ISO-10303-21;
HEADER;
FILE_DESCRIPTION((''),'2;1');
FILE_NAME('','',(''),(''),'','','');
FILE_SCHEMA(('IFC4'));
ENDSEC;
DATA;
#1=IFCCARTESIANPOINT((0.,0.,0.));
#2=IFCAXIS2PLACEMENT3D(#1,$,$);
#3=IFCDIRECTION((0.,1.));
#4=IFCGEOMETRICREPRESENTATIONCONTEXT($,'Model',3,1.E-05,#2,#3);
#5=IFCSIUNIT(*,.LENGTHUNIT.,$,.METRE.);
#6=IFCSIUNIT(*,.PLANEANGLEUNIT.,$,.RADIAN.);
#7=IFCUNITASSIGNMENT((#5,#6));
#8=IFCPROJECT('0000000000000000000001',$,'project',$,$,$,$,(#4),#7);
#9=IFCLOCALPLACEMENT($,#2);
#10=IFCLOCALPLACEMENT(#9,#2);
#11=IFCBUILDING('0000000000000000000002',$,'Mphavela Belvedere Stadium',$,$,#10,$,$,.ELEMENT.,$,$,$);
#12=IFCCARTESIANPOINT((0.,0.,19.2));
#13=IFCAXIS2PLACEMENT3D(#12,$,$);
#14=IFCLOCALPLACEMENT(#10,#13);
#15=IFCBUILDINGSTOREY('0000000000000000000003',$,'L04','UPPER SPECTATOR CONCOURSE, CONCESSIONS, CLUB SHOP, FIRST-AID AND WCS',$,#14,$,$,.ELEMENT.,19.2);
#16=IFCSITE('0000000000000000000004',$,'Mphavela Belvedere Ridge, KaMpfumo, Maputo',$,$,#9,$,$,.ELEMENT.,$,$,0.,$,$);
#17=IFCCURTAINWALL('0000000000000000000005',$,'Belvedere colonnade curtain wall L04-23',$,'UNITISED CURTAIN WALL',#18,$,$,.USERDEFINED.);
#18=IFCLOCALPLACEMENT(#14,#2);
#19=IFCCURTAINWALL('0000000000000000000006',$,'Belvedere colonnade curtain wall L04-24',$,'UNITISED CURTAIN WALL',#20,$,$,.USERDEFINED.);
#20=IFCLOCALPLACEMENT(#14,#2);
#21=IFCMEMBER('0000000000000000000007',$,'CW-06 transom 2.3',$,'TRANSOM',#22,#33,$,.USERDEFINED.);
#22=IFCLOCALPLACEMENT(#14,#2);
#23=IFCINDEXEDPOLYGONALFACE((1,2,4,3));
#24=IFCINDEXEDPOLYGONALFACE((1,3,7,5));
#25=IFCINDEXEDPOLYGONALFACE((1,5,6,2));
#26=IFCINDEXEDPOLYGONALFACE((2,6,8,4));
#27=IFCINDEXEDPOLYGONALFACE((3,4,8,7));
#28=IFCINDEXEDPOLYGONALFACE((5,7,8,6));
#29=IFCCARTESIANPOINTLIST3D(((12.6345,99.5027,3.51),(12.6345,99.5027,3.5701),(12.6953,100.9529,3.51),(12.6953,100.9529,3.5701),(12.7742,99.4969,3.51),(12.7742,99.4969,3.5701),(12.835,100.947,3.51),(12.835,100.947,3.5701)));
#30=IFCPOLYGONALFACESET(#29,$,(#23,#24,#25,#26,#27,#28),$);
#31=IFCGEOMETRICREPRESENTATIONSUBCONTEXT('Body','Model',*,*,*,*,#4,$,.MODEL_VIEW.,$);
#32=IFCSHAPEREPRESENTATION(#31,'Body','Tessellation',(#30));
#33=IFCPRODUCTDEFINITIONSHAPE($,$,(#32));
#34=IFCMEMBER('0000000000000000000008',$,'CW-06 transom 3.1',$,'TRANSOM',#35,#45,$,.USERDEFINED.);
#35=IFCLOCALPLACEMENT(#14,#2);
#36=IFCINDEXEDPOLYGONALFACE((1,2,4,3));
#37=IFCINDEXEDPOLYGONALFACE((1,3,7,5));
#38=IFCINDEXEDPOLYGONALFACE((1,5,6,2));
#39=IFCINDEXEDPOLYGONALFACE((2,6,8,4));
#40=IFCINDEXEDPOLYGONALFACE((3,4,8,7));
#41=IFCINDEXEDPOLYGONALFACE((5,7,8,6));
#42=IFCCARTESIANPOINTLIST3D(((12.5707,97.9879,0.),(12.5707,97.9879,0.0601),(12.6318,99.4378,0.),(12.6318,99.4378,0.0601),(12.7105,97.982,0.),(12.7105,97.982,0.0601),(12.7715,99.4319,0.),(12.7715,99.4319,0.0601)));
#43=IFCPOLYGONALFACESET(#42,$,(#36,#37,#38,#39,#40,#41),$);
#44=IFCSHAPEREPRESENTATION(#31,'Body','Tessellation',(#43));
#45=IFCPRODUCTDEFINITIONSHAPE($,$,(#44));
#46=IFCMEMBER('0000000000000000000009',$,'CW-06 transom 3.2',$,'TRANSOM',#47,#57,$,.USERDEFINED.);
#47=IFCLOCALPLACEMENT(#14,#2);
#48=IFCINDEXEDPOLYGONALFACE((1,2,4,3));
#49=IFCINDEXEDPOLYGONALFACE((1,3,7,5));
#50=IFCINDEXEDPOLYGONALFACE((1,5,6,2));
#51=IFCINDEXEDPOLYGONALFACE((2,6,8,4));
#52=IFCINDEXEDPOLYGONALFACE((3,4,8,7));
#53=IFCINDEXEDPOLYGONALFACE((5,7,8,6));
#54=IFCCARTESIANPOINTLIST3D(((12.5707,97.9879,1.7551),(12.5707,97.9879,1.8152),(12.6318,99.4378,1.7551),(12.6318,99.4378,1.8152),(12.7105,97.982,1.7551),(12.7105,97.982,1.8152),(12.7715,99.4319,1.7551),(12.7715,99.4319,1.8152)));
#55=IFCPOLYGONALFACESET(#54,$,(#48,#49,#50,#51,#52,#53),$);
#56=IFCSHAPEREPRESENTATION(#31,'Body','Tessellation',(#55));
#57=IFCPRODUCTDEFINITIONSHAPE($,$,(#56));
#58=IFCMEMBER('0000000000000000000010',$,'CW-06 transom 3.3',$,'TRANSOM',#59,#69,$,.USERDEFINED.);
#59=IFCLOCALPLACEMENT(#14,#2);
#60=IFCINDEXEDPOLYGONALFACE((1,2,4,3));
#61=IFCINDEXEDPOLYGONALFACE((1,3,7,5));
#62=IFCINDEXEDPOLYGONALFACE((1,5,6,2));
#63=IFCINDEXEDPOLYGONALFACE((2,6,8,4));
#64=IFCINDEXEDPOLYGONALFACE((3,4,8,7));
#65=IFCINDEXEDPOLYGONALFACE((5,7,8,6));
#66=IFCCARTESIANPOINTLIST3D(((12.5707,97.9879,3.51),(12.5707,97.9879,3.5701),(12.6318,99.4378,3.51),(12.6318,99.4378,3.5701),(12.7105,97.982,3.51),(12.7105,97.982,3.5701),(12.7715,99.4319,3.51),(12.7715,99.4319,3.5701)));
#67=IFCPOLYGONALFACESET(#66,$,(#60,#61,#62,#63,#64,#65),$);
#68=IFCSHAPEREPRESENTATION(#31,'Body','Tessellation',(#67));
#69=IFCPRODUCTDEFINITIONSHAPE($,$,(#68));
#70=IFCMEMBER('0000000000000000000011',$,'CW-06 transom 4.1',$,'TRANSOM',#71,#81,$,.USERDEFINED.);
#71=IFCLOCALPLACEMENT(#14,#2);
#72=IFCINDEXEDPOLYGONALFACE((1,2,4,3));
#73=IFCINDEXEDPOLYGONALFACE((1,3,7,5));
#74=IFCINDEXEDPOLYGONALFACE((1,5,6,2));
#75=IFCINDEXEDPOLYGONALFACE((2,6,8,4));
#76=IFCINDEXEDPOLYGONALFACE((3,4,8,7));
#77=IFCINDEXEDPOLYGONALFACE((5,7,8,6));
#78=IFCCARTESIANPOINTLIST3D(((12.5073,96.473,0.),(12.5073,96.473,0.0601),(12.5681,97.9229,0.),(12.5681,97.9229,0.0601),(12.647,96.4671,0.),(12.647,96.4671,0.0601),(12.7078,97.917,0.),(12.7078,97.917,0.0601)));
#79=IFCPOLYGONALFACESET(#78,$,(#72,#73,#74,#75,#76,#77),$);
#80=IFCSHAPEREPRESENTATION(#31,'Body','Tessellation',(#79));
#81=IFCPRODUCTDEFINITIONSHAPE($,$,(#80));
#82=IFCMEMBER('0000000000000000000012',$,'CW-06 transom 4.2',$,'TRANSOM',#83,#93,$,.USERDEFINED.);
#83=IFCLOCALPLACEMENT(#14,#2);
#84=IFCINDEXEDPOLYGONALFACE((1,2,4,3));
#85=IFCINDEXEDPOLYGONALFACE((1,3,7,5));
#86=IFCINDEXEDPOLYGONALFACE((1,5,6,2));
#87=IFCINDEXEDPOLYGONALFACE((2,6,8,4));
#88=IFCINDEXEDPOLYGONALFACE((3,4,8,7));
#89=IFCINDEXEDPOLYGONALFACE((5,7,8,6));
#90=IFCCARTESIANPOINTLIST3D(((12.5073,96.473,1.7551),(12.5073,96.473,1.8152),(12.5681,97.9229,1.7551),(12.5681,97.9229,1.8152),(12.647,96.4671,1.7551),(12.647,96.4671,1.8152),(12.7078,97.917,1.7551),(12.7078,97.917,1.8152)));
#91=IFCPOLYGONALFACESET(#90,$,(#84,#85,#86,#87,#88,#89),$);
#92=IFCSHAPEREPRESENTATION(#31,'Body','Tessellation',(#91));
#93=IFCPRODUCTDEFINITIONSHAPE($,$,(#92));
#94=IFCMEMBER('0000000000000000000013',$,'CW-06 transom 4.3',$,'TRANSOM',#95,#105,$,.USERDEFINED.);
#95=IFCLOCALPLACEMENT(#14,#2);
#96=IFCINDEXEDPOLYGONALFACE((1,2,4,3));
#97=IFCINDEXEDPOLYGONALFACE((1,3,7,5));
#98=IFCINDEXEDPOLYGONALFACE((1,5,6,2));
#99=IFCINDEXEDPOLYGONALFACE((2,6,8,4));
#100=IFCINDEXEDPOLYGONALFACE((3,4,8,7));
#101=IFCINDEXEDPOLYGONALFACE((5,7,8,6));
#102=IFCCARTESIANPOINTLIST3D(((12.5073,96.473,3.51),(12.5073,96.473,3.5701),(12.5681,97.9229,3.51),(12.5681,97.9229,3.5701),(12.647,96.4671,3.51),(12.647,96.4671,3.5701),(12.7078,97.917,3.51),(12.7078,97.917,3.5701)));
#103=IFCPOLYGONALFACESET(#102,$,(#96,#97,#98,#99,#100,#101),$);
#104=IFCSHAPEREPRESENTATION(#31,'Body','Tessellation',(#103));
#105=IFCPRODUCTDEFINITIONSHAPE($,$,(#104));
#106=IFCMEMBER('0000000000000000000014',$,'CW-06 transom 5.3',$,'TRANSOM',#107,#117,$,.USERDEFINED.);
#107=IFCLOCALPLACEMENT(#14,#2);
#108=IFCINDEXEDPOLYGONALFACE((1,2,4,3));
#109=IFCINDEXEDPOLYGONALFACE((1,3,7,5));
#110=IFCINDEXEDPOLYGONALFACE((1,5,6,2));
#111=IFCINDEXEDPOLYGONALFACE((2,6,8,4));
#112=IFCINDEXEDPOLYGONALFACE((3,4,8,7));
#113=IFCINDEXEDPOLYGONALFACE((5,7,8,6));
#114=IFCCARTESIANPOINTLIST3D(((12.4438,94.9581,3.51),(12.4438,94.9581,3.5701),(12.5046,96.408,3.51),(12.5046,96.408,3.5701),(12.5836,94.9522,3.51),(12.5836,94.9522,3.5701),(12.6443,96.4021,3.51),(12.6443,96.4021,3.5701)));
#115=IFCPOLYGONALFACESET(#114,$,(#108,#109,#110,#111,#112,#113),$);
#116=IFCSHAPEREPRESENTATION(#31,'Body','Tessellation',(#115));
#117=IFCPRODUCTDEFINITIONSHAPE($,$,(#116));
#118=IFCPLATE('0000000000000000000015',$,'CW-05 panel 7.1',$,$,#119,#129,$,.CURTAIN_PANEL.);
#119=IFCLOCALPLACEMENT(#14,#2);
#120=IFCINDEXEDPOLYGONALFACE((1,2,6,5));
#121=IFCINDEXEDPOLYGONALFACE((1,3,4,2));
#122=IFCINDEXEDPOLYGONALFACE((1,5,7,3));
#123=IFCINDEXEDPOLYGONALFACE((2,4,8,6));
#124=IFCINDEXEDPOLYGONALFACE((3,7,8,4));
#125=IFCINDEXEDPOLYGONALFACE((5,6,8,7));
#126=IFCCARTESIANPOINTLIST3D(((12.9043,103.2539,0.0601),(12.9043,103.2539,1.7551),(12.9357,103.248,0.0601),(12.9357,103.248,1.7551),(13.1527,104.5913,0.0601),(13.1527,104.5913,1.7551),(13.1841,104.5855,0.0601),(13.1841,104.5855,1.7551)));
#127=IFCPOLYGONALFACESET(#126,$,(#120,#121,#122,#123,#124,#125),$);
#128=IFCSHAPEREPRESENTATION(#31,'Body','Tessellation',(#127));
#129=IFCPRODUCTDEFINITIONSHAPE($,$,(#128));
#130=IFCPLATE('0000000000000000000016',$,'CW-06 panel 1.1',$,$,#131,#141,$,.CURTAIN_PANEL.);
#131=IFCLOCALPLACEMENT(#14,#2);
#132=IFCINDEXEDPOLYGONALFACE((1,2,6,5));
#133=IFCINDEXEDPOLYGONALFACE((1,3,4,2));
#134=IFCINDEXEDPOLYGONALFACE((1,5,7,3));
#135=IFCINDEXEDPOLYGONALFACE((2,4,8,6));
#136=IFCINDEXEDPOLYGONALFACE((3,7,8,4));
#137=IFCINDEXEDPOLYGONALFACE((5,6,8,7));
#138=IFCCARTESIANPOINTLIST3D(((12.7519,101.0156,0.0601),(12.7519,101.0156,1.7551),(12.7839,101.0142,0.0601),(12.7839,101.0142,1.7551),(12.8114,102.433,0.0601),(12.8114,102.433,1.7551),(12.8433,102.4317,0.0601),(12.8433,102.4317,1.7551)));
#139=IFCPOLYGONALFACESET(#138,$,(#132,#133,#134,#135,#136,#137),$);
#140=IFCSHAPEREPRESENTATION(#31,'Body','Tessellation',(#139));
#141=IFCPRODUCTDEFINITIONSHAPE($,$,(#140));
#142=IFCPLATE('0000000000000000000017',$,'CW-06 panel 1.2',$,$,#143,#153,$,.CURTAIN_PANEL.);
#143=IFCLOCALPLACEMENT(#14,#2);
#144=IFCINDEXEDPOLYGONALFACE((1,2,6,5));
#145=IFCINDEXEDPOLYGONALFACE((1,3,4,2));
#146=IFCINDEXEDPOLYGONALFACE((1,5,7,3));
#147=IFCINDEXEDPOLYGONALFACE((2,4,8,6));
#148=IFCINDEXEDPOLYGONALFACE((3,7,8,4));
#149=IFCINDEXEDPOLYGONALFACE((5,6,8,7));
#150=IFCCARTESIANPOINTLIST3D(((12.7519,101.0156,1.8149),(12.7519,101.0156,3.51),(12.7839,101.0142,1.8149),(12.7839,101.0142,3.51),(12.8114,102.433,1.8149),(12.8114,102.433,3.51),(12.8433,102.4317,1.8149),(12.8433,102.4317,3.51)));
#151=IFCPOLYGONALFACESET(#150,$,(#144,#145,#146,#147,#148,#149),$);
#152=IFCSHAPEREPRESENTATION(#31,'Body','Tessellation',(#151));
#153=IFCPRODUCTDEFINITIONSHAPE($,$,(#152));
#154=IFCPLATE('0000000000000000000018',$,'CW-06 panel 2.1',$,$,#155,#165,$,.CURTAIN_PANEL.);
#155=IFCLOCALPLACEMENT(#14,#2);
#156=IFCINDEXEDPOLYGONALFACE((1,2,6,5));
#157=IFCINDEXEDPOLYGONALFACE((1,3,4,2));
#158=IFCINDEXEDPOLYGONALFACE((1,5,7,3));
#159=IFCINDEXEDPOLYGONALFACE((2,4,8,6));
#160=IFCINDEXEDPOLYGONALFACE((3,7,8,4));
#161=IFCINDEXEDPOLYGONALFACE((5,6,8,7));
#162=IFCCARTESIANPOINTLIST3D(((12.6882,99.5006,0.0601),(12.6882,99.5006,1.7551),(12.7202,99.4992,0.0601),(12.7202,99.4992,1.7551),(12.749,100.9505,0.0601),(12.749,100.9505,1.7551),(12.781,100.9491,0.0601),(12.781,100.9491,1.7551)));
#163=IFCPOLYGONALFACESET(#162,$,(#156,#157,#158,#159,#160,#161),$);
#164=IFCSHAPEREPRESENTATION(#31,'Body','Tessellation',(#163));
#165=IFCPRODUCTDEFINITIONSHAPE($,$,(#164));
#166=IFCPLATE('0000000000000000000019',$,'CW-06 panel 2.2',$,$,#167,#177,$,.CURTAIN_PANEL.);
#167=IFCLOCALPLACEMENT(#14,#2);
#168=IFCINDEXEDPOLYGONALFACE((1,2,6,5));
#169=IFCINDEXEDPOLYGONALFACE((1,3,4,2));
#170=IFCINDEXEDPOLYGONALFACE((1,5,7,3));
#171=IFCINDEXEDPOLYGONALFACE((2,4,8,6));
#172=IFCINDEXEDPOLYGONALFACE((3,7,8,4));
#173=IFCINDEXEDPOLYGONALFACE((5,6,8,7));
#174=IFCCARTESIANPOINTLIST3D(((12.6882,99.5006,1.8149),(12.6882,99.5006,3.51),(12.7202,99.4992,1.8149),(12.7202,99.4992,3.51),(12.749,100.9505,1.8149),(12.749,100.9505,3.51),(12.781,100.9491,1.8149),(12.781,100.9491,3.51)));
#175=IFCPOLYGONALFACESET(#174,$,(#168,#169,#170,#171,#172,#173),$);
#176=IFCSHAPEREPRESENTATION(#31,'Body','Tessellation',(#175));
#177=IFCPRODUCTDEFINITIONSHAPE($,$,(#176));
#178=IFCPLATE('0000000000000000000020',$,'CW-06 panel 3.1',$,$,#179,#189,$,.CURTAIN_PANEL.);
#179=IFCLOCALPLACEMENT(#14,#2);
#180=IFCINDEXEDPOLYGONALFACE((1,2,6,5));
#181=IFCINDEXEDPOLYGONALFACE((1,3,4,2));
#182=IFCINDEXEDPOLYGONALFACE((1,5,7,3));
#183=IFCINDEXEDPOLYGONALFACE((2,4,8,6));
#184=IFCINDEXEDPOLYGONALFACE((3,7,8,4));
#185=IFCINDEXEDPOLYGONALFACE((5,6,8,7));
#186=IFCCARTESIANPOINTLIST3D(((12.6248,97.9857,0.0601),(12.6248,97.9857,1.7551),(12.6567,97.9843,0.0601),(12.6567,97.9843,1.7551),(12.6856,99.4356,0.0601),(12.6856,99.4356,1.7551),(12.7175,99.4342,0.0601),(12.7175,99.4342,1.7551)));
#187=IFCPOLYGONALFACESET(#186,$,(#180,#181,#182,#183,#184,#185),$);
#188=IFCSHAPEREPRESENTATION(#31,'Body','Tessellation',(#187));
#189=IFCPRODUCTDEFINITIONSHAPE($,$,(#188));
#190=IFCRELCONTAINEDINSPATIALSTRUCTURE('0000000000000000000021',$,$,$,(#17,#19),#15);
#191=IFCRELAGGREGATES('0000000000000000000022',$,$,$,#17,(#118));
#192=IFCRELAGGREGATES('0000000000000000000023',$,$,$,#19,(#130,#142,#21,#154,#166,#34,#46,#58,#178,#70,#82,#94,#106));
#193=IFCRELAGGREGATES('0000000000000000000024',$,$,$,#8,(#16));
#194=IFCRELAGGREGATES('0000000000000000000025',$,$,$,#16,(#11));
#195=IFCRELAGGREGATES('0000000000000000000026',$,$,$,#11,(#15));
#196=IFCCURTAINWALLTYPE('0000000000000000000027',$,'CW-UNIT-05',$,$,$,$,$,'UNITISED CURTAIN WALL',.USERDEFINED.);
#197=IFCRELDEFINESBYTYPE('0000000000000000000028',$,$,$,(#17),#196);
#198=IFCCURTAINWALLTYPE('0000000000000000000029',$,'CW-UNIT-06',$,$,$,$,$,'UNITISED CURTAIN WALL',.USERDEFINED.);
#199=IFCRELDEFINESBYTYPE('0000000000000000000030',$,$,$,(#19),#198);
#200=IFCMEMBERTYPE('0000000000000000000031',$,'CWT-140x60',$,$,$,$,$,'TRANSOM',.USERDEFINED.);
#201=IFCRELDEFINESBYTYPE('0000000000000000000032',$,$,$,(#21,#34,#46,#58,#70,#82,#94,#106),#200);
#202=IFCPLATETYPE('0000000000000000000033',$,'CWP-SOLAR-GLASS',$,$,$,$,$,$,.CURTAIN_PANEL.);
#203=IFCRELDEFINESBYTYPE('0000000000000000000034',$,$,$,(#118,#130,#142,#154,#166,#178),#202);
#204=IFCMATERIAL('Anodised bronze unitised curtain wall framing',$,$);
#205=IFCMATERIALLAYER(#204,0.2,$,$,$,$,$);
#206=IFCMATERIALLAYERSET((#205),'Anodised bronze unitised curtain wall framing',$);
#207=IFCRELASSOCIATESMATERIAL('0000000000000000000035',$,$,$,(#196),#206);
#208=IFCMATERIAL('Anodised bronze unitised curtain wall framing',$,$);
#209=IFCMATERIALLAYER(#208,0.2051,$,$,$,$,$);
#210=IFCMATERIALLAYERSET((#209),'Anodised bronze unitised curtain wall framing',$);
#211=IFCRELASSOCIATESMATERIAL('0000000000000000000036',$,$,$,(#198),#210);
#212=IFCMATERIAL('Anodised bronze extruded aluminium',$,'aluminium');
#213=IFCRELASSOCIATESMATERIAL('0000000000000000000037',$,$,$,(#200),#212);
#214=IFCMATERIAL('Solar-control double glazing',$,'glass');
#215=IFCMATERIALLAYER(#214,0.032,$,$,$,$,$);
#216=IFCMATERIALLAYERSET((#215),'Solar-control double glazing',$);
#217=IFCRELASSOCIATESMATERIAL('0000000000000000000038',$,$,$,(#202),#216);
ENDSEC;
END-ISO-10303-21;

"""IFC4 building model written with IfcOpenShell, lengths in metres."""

from ifc_helpers import new_model, si_unit, direction, frame, origin, origin_2d, place, context, subcontext, project, spatial, rectangle, extrude, material, layer, layer_set, material_profile, profile_set, type_object, element, aggregate, save


model = new_model("IFC4")

# Units and contexts
model_context = context("Model", 3, precision=1e-05, world=origin(), true_north=direction((0.0, 1.0)))
body_context = subcontext(model_context, "Body", "Model", "MODEL_VIEW")
ifc_project = project(units=[si_unit("LENGTHUNIT", "METRE"), si_unit("PLANEANGLEUNIT", "RADIAN")], contexts=[model_context])

# Site, building, storey
site_placement = place(None, origin())
site = spatial("IfcSite", under=ifc_project, at=site_placement, Name="Mphavela Belvedere Ridge, KaMpfumo, Maputo", CompositionType="ELEMENT", RefElevation=0.0)
building_placement = place(site_placement, origin())
building = spatial("IfcBuilding", under=site, at=building_placement, Name="Mphavela Belvedere Stadium", CompositionType="ELEMENT")
storey_placement = place(building_placement, frame((0.0, 0.0, 19.2)))
storey = spatial("IfcBuildingStorey", under=building, at=storey_placement, Name="L04", Description="UPPER SPECTATOR CONCOURSE, CONCESSIONS, CLUB SHOP, FIRST-AID AND WCS", CompositionType="ELEMENT", Elevation=19.2)

# Curtain wall
ifc_material_1 = material(Name="Anodised bronze unitised curtain wall framing")
ifc_layer_1 = layer(ifc_material_1, 0.2)
ifc_layer_set_1 = layer_set([ifc_layer_1], Name="Anodised bronze unitised curtain wall framing")
curtain_wall_type_1 = type_object("IfcCurtainWallType", Name="CW-UNIT-05", ElementType="UNITISED CURTAIN WALL", PredefinedType="USERDEFINED", material=ifc_layer_set_1)
curtain_wall_1_placement = place(storey_placement, origin())
curtain_wall_1 = element("IfcCurtainWall", 1, at=curtain_wall_1_placement, inside=storey, type_object=curtain_wall_type_1, Name="Belvedere colonnade curtain wall L04-23", ObjectType="UNITISED CURTAIN WALL", PredefinedType="USERDEFINED")

# Curtain wall, members
ifc_material_2 = material(Name="Anodised bronze unitised curtain wall framing")
ifc_layer_2 = layer(ifc_material_2, 0.2051)
ifc_layer_set_2 = layer_set([ifc_layer_2], Name="Anodised bronze unitised curtain wall framing")
curtain_wall_type_2 = type_object("IfcCurtainWallType", Name="CW-UNIT-06", ElementType="UNITISED CURTAIN WALL", PredefinedType="USERDEFINED", material=ifc_layer_set_2)
curtain_wall_2_placement = place(storey_placement, origin())
curtain_wall_2 = element("IfcCurtainWall", 2, at=curtain_wall_2_placement, inside=storey, type_object=curtain_wall_type_2, Name="Belvedere colonnade curtain wall L04-24", ObjectType="UNITISED CURTAIN WALL", PredefinedType="USERDEFINED")
ifc_material_3 = material(Name="Anodised bronze extruded aluminium", Category="aluminium")
ifc_material_profile_1 = material_profile(ifc_material_3, rectangle(XDim=0.1399, YDim=0.0601, at=origin_2d()), Name="CW-TRN 140x60")
ifc_profile_set_1 = profile_set([ifc_material_profile_1], Name="Anodised bronze extruded aluminium")
member_type_1 = type_object("IfcMemberType", Name="CWT-140x60", ElementType="TRANSOM", PredefinedType="USERDEFINED", material=ifc_profile_set_1)
member_1_placement = place(storey_placement, frame((12.7651, 100.95, 3.54), z_axis=(-0.041882, -0.999123, 0.0), x_axis=(0.999123, -0.041882, 0.0)))
member_1 = element("IfcMember", 3, at=member_1_placement, type_object=member_type_1, Name="CW-06 transom 2.3", ObjectType="TRANSOM", PredefinedType="USERDEFINED", context=body_context, shape_type="SweptSolid", body=[
    extrude(rectangle(XDim=0.1399, YDim=0.0601, at=origin_2d()), origin(), (0.0, 0.0, 1.0), 1.4514),
])
member_2_placement = place(storey_placement, frame((12.7017, 99.4348, 0.03), z_axis=(-0.042057, -0.999115, 0.0), x_axis=(0.999115, -0.042057, 0.0)))
member_2 = element("IfcMember", 4, at=member_2_placement, type_object=member_type_1, Name="CW-06 transom 3.1", ObjectType="TRANSOM", PredefinedType="USERDEFINED", context=body_context, shape_type="SweptSolid", body=[
    extrude(rectangle(XDim=0.1399, YDim=0.0601, at=origin_2d()), origin(), (0.0, 0.0, 1.0), 1.4512),
])
member_3_placement = place(storey_placement, frame((12.7017, 99.4348, 1.7852), z_axis=(-0.042057, -0.999115, 0.0), x_axis=(0.999115, -0.042057, 0.0)))
member_3 = element("IfcMember", 5, at=member_3_placement, type_object=member_type_1, Name="CW-06 transom 3.2", ObjectType="TRANSOM", PredefinedType="USERDEFINED", context=body_context, shape_type="SweptSolid", body=[
    extrude(rectangle(XDim=0.1399, YDim=0.0601, at=origin_2d()), origin(), (0.0, 0.0, 1.0), 1.4512),
])
member_4_placement = place(storey_placement, frame((12.7017, 99.4348, 3.54), z_axis=(-0.042057, -0.999115, 0.0), x_axis=(0.999115, -0.042057, 0.0)))
member_4 = element("IfcMember", 6, at=member_4_placement, type_object=member_type_1, Name="CW-06 transom 3.3", ObjectType="TRANSOM", PredefinedType="USERDEFINED", context=body_context, shape_type="SweptSolid", body=[
    extrude(rectangle(XDim=0.1399, YDim=0.0601, at=origin_2d()), origin(), (0.0, 0.0, 1.0), 1.4512),
])
member_5_placement = place(storey_placement, frame((12.6379, 97.9199, 0.03), z_axis=(-0.041889, -0.999122, 0.0), x_axis=(0.999122, -0.041889, 0.0)))
member_5 = element("IfcMember", 7, at=member_5_placement, type_object=member_type_1, Name="CW-06 transom 4.1", ObjectType="TRANSOM", PredefinedType="USERDEFINED", context=body_context, shape_type="SweptSolid", body=[
    extrude(rectangle(XDim=0.1399, YDim=0.0601, at=origin_2d()), origin(), (0.0, 0.0, 1.0), 1.4512),
])
member_6_placement = place(storey_placement, frame((12.6379, 97.9199, 1.7852), z_axis=(-0.041889, -0.999122, 0.0), x_axis=(0.999122, -0.041889, 0.0)))
member_6 = element("IfcMember", 8, at=member_6_placement, type_object=member_type_1, Name="CW-06 transom 4.2", ObjectType="TRANSOM", PredefinedType="USERDEFINED", context=body_context, shape_type="SweptSolid", body=[
    extrude(rectangle(XDim=0.1399, YDim=0.0601, at=origin_2d()), origin(), (0.0, 0.0, 1.0), 1.4512),
])
member_7_placement = place(storey_placement, frame((12.6379, 97.9199, 3.54), z_axis=(-0.041889, -0.999122, 0.0), x_axis=(0.999122, -0.041889, 0.0)))
member_7 = element("IfcMember", 9, at=member_7_placement, type_object=member_type_1, Name="CW-06 transom 4.3", ObjectType="TRANSOM", PredefinedType="USERDEFINED", context=body_context, shape_type="SweptSolid", body=[
    extrude(rectangle(XDim=0.1399, YDim=0.0601, at=origin_2d()), origin(), (0.0, 0.0, 1.0), 1.4512),
])
member_8_placement = place(storey_placement, frame((12.5745, 96.405, 3.54), z_axis=(-0.041889, -0.999122, 0.0), x_axis=(0.999122, -0.041889, 0.0)))
member_8 = element("IfcMember", 10, at=member_8_placement, type_object=member_type_1, Name="CW-06 transom 5.3", ObjectType="TRANSOM", PredefinedType="USERDEFINED", context=body_context, shape_type="SweptSolid", body=[
    extrude(rectangle(XDim=0.1399, YDim=0.0601, at=origin_2d()), origin(), (0.0, 0.0, 1.0), 1.4512),
])

# Plates
ifc_material_4 = material(Name="Solar-control double glazing", Category="glass")
ifc_layer_3 = layer(ifc_material_4, 0.032)
ifc_layer_set_3 = layer_set([ifc_layer_3], Name="Solar-control double glazing")
plate_type = type_object("IfcPlateType", Name="CWP-SOLAR-GLASS", PredefinedType="CURTAIN_PANEL", material=ifc_layer_set_3)
plate_1_placement = place(storey_placement, frame((13.0442, 103.9197, 0.0601), z_axis=(0.0, 0.0, 1.0), x_axis=(-0.182618, -0.983184, 0.0)))
plate_1 = element("IfcPlate", 11, at=plate_1_placement, type_object=plate_type, Name="CW-05 panel 7.1", PredefinedType="CURTAIN_PANEL", context=body_context, shape_type="SweptSolid", body=[
    extrude(rectangle(XDim=1.3604, YDim=0.032, at=origin_2d()), origin(), (0.0, 0.0, 1.0), 1.6951),
])
aggregate(curtain_wall_1, [plate_1])
plate_2_placement = place(storey_placement, frame((12.7976, 101.7236, 0.0601), z_axis=(0.0, 0.0, 1.0), x_axis=(-0.041905, -0.999122, 0.0)))
plate_2 = element("IfcPlate", 12, at=plate_2_placement, type_object=plate_type, Name="CW-06 panel 1.1", PredefinedType="CURTAIN_PANEL", context=body_context, shape_type="SweptSolid", body=[
    extrude(rectangle(XDim=1.4187, YDim=0.032, at=origin_2d()), origin(), (0.0, 0.0, 1.0), 1.6951),
])
plate_3_placement = place(storey_placement, frame((12.7976, 101.7236, 1.8149), z_axis=(0.0, 0.0, 1.0), x_axis=(-0.041905, -0.999122, 0.0)))
plate_3 = element("IfcPlate", 13, at=plate_3_placement, type_object=plate_type, Name="CW-06 panel 1.2", PredefinedType="CURTAIN_PANEL", context=body_context, shape_type="SweptSolid", body=[
    extrude(rectangle(XDim=1.4187, YDim=0.032, at=origin_2d()), origin(), (0.0, 0.0, 1.0), 1.6951),
])
plate_4_placement = place(storey_placement, frame((12.7346, 100.2249, 0.0601), z_axis=(0.0, 0.0, 1.0), x_axis=(-0.041905, -0.999122, 0.0)))
plate_4 = element("IfcPlate", 14, at=plate_4_placement, type_object=plate_type, Name="CW-06 panel 2.1", PredefinedType="CURTAIN_PANEL", context=body_context, shape_type="SweptSolid", body=[
    extrude(rectangle(XDim=1.4512, YDim=0.032, at=origin_2d()), origin(), (0.0, 0.0, 1.0), 1.6951),
])
plate_5_placement = place(storey_placement, frame((12.7346, 100.2249, 1.8149), z_axis=(0.0, 0.0, 1.0), x_axis=(-0.041905, -0.999122, 0.0)))
plate_5 = element("IfcPlate", 15, at=plate_5_placement, type_object=plate_type, Name="CW-06 panel 2.2", PredefinedType="CURTAIN_PANEL", context=body_context, shape_type="SweptSolid", body=[
    extrude(rectangle(XDim=1.4512, YDim=0.032, at=origin_2d()), origin(), (0.0, 0.0, 1.0), 1.6951),
])
plate_6_placement = place(storey_placement, frame((12.6711, 98.71, 0.0601), z_axis=(0.0, 0.0, 1.0), x_axis=(-0.041905, -0.999122, 0.0)))
plate_6 = element("IfcPlate", 16, at=plate_6_placement, type_object=plate_type, Name="CW-06 panel 3.1", PredefinedType="CURTAIN_PANEL", context=body_context, shape_type="SweptSolid", body=[
    extrude(rectangle(XDim=1.4512, YDim=0.032, at=origin_2d()), origin(), (0.0, 0.0, 1.0), 1.6951),
])
aggregate(curtain_wall_2, [plate_2, plate_3, member_1, plate_4, plate_5, member_2, member_3, member_4, plate_6, member_5, member_6, member_7, member_8])

save(model, "model.ifc")
